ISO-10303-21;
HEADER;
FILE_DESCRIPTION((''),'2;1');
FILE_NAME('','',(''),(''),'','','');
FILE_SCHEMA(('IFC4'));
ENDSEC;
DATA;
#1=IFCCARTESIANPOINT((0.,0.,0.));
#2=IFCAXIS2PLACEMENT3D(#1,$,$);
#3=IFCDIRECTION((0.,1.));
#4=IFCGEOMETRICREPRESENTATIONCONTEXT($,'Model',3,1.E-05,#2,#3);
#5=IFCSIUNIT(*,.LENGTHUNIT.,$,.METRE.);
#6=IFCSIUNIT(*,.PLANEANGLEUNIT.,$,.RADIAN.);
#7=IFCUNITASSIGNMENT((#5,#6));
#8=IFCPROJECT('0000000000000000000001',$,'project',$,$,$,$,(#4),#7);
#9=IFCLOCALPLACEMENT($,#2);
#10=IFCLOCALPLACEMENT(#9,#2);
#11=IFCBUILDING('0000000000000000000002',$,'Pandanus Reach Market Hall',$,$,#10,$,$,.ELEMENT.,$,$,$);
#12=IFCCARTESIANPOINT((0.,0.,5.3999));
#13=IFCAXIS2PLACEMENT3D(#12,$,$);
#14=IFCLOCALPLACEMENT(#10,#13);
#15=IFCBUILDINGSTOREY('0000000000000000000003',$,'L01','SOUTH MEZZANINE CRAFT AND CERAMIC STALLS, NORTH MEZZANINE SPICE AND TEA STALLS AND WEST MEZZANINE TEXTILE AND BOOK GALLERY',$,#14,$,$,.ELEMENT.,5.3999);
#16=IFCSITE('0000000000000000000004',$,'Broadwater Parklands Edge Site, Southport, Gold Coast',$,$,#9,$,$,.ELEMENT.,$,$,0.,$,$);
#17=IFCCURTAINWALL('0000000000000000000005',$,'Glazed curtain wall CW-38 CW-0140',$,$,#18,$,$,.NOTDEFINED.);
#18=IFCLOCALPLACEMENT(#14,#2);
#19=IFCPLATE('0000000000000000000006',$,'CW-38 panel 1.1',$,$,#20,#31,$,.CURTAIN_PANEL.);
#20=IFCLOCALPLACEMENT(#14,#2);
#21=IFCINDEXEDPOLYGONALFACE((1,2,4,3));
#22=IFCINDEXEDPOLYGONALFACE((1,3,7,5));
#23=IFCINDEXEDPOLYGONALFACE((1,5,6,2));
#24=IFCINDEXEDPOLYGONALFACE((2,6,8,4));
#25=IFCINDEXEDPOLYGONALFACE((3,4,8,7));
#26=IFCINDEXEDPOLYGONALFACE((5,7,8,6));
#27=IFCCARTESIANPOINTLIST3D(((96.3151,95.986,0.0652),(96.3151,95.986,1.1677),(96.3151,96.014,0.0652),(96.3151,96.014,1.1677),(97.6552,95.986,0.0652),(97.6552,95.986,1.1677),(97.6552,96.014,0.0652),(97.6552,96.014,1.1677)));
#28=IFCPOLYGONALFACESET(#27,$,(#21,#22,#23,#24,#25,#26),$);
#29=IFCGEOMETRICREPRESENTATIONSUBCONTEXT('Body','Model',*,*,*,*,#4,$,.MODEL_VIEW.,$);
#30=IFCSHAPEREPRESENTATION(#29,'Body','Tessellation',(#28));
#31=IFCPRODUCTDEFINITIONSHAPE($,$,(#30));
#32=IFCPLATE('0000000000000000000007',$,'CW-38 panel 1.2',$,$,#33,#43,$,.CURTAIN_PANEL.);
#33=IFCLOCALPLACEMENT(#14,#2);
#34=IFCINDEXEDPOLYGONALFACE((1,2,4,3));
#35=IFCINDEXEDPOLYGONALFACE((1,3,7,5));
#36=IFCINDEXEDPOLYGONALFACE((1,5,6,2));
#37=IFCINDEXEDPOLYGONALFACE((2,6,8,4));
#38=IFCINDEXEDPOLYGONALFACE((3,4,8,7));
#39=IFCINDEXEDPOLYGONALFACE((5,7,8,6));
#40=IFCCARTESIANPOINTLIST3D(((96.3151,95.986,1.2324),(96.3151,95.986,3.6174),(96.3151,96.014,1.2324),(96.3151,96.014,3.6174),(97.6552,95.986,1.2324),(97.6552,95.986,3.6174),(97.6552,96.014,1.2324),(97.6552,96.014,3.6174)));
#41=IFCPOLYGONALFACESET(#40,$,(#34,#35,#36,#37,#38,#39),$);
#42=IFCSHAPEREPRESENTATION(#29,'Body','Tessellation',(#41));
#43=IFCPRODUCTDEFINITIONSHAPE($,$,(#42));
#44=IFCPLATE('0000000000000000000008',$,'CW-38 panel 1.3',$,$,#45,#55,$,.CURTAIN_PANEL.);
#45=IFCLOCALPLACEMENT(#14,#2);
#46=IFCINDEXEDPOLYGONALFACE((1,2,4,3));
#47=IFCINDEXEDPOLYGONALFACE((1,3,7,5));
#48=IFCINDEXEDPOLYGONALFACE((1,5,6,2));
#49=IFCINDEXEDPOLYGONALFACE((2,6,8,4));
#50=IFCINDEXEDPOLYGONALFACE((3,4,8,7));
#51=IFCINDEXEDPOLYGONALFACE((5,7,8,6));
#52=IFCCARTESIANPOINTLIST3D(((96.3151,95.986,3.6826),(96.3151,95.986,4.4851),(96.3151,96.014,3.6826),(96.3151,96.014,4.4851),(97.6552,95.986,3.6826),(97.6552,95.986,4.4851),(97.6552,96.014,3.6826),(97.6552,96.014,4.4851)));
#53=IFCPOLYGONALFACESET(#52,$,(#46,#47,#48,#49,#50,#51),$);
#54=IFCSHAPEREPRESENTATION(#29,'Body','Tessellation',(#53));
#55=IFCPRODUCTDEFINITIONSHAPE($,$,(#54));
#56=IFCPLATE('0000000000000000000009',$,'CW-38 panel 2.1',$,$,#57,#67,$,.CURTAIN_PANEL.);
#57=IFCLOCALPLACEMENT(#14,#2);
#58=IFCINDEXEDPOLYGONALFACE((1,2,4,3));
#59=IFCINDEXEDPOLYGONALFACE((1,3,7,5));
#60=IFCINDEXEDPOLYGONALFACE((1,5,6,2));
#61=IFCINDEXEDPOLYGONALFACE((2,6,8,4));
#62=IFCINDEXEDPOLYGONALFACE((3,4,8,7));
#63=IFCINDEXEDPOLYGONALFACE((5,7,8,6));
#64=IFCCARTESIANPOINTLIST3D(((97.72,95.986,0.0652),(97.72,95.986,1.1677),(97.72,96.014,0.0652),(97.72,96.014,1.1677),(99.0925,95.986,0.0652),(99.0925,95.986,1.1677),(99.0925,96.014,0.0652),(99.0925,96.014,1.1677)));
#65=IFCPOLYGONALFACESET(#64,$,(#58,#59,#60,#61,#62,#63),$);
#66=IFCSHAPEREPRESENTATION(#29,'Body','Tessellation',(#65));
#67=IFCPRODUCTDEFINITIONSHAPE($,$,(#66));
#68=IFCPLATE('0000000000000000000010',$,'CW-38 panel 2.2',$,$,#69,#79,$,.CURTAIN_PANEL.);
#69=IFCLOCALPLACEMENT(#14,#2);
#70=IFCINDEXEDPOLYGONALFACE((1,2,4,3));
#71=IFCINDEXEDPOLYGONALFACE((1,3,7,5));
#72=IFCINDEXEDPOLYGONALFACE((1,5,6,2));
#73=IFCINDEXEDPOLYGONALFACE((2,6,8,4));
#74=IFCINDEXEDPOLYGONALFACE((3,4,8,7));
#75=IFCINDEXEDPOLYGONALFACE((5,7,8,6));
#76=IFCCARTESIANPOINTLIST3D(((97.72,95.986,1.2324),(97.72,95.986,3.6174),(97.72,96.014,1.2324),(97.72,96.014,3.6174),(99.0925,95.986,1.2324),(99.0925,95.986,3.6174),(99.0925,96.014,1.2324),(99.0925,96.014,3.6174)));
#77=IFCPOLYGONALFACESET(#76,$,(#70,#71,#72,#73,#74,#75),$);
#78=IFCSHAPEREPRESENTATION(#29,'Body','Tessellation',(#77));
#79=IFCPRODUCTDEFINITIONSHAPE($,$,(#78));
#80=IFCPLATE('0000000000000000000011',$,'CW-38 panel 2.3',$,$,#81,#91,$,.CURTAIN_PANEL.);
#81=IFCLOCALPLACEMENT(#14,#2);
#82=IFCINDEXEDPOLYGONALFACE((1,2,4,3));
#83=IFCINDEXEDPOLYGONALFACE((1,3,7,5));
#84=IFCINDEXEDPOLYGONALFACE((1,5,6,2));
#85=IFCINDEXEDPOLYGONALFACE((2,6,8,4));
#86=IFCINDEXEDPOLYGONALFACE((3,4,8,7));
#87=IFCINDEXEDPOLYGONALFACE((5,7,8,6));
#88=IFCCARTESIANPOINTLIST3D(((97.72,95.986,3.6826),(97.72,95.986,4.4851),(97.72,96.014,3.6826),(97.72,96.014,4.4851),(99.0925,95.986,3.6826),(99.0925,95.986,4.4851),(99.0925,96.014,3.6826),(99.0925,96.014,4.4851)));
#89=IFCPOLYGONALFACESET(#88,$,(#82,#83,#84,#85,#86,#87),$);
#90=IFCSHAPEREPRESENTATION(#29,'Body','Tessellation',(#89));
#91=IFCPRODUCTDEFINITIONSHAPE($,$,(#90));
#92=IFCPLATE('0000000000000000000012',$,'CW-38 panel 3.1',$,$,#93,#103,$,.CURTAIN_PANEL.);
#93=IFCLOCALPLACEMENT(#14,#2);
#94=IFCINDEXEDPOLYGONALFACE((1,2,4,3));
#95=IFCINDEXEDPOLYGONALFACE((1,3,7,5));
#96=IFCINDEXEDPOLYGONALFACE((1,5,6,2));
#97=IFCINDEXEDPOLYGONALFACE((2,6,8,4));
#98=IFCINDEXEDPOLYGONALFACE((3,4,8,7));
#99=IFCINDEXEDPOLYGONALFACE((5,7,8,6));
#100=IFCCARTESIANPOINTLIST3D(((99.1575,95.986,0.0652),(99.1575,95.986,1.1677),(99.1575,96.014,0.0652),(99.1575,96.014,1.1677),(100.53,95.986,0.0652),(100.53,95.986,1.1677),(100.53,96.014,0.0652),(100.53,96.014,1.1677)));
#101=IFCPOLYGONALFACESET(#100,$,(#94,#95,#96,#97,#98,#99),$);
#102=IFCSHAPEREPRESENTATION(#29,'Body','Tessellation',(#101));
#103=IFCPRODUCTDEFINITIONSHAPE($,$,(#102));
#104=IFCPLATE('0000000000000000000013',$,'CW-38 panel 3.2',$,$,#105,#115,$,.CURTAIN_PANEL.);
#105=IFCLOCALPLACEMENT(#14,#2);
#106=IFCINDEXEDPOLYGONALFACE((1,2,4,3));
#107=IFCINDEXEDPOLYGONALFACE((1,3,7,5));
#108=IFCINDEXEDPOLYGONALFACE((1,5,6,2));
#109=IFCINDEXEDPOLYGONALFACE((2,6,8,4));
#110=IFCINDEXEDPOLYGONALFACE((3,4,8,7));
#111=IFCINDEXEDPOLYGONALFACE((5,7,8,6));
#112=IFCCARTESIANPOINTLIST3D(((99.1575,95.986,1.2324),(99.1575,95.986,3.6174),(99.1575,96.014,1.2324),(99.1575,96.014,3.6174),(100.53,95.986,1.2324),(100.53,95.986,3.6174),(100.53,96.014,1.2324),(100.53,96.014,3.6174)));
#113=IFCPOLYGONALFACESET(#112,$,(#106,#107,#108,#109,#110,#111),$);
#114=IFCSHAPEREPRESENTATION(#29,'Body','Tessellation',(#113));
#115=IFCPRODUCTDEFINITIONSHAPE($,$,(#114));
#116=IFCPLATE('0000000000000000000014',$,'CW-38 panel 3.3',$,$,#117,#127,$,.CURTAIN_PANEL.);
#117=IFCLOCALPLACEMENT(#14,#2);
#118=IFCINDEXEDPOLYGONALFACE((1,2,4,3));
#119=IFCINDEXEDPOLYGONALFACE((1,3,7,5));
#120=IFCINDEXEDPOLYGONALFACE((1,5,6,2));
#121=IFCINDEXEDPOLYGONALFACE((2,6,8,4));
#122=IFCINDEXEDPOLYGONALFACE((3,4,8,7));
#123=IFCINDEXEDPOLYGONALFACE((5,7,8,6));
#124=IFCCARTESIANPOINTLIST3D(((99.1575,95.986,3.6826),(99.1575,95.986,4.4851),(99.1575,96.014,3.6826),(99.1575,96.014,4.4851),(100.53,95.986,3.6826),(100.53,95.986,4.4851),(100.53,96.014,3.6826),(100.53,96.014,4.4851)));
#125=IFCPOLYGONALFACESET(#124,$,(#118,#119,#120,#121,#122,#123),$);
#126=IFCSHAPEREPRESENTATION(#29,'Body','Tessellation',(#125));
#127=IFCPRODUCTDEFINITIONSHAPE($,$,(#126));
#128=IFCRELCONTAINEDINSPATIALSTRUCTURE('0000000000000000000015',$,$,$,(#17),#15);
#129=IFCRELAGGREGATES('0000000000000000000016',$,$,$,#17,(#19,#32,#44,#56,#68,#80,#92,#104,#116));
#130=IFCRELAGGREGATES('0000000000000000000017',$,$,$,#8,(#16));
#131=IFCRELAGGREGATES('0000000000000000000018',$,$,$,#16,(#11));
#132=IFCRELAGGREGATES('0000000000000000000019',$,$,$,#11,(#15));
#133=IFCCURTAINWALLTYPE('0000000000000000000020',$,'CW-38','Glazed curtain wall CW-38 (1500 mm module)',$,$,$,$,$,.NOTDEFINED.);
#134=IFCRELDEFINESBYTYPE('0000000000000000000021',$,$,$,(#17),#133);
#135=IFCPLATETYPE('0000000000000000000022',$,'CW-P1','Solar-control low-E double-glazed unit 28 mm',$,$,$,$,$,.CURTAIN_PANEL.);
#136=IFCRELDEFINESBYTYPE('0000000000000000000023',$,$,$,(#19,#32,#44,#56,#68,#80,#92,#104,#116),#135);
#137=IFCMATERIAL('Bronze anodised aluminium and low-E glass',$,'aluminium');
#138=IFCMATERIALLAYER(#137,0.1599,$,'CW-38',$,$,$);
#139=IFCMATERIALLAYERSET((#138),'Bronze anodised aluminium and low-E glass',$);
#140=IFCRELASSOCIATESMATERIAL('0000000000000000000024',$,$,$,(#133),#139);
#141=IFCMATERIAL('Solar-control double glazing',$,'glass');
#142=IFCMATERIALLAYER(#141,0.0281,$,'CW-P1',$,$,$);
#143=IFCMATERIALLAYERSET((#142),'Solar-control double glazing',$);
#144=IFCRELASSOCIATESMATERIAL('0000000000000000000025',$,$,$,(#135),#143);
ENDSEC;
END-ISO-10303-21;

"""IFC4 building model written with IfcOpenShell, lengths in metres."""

from ifc_helpers import new_model, si_unit, direction, frame, origin, origin_2d, place, context, subcontext, project, spatial, rectangle, extrude, material, layer, layer_set, type_object, element, aggregate, save


model = new_model("IFC4")

# Units and contexts
model_context = context("Model", 3, precision=1e-05, world=origin(), true_north=direction((0.0, 1.0)))
body_context = subcontext(model_context, "Body", "Model", "MODEL_VIEW")
ifc_project = project(units=[si_unit("LENGTHUNIT", "METRE"), si_unit("PLANEANGLEUNIT", "RADIAN")], contexts=[model_context])

# Site, building, storey
site_placement = place(None, origin())
site = spatial("IfcSite", under=ifc_project, at=site_placement, Name="Broadwater Parklands Edge Site, Southport, Gold Coast", CompositionType="ELEMENT", RefElevation=0.0)
building_placement = place(site_placement, origin())
building = spatial("IfcBuilding", under=site, at=building_placement, Name="Pandanus Reach Market Hall", CompositionType="ELEMENT")
storey_placement = place(building_placement, frame((0.0, 0.0, 5.3999)))
storey = spatial("IfcBuildingStorey", under=building, at=storey_placement, Name="L01", Description="SOUTH MEZZANINE CRAFT AND CERAMIC STALLS, NORTH MEZZANINE SPICE AND TEA STALLS AND WEST MEZZANINE TEXTILE AND BOOK GALLERY", CompositionType="ELEMENT", Elevation=5.3999)

# Curtain wall, plates
ifc_material_1 = material(Name="Bronze anodised aluminium and low-E glass", Category="aluminium")
ifc_layer_1 = layer(ifc_material_1, 0.1599, Name="CW-38")
ifc_layer_set_1 = layer_set([ifc_layer_1], Name="Bronze anodised aluminium and low-E glass")
curtain_wall_type = type_object("IfcCurtainWallType", Name="CW-38", Description="Glazed curtain wall CW-38 (1500 mm module)", PredefinedType="NOTDEFINED", material=ifc_layer_set_1)
curtain_wall_placement = place(storey_placement, origin())
curtain_wall = element("IfcCurtainWall", 1, at=curtain_wall_placement, inside=storey, type_object=curtain_wall_type, Name="Glazed curtain wall CW-38 CW-0140", PredefinedType="NOTDEFINED")
ifc_material_2 = material(Name="Solar-control double glazing", Category="glass")
ifc_layer_2 = layer(ifc_material_2, 0.0281, Name="CW-P1")
ifc_layer_set_2 = layer_set([ifc_layer_2], Name="Solar-control double glazing")
plate_type = type_object("IfcPlateType", Name="CW-P1", Description="Solar-control low-E double-glazed unit 28 mm", PredefinedType="CURTAIN_PANEL", material=ifc_layer_set_2)
plate_1_placement = place(storey_placement, frame((96.9851, 96.0, 0.0652), z_axis=(0.0, 0.0, 1.0), x_axis=(1.0, 0.0, 0.0)))
plate_1 = element("IfcPlate", 2, at=plate_1_placement, type_object=plate_type, Name="CW-38 panel 1.1", PredefinedType="CURTAIN_PANEL", context=body_context, shape_type="SweptSolid", body=[
    extrude(rectangle(XDim=1.3401, YDim=0.0281, at=origin_2d()), origin(), (0.0, 0.0, 1.0), 1.1025),
])
plate_2_placement = place(storey_placement, frame((96.9851, 96.0, 1.2324), z_axis=(0.0, 0.0, 1.0), x_axis=(1.0, 0.0, 0.0)))
plate_2 = element("IfcPlate", 3, at=plate_2_placement, type_object=plate_type, Name="CW-38 panel 1.2", PredefinedType="CURTAIN_PANEL", context=body_context, shape_type="SweptSolid", body=[
    extrude(rectangle(XDim=1.3401, YDim=0.0281, at=origin_2d()), origin(), (0.0, 0.0, 1.0), 2.385),
])
plate_3_placement = place(storey_placement, frame((96.9851, 96.0, 3.6826), z_axis=(0.0, 0.0, 1.0), x_axis=(1.0, 0.0, 0.0)))
plate_3 = element("IfcPlate", 4, at=plate_3_placement, type_object=plate_type, Name="CW-38 panel 1.3", PredefinedType="CURTAIN_PANEL", context=body_context, shape_type="SweptSolid", body=[
    extrude(rectangle(XDim=1.3401, YDim=0.0281, at=origin_2d()), origin(), (0.0, 0.0, 1.0), 0.8025),
])
plate_4_placement = place(storey_placement, frame((98.4062, 96.0, 0.0652), z_axis=(0.0, 0.0, 1.0), x_axis=(1.0, 0.0, 0.0)))
plate_4 = element("IfcPlate", 5, at=plate_4_placement, type_object=plate_type, Name="CW-38 panel 2.1", PredefinedType="CURTAIN_PANEL", context=body_context, shape_type="SweptSolid", body=[
    extrude(rectangle(XDim=1.3726, YDim=0.0281, at=origin_2d()), origin(), (0.0, 0.0, 1.0), 1.1025),
])
plate_5_placement = place(storey_placement, frame((98.4062, 96.0, 1.2324), z_axis=(0.0, 0.0, 1.0), x_axis=(1.0, 0.0, 0.0)))
plate_5 = element("IfcPlate", 6, at=plate_5_placement, type_object=plate_type, Name="CW-38 panel 2.2", PredefinedType="CURTAIN_PANEL", context=body_context, shape_type="SweptSolid", body=[
    extrude(rectangle(XDim=1.3726, YDim=0.0281, at=origin_2d()), origin(), (0.0, 0.0, 1.0), 2.385),
])
plate_6_placement = place(storey_placement, frame((98.4062, 96.0, 3.6826), z_axis=(0.0, 0.0, 1.0), x_axis=(1.0, 0.0, 0.0)))
plate_6 = element("IfcPlate", 7, at=plate_6_placement, type_object=plate_type, Name="CW-38 panel 2.3", PredefinedType="CURTAIN_PANEL", context=body_context, shape_type="SweptSolid", body=[
    extrude(rectangle(XDim=1.3726, YDim=0.0281, at=origin_2d()), origin(), (0.0, 0.0, 1.0), 0.8025),
])
plate_7_placement = place(storey_placement, frame((99.8438, 96.0, 0.0652), z_axis=(0.0, 0.0, 1.0), x_axis=(1.0, 0.0, 0.0)))
plate_7 = element("IfcPlate", 8, at=plate_7_placement, type_object=plate_type, Name="CW-38 panel 3.1", PredefinedType="CURTAIN_PANEL", context=body_context, shape_type="SweptSolid", body=[
    extrude(rectangle(XDim=1.3726, YDim=0.0281, at=origin_2d()), origin(), (0.0, 0.0, 1.0), 1.1025),
])
plate_8_placement = place(storey_placement, frame((99.8438, 96.0, 1.2324), z_axis=(0.0, 0.0, 1.0), x_axis=(1.0, 0.0, 0.0)))
plate_8 = element("IfcPlate", 9, at=plate_8_placement, type_object=plate_type, Name="CW-38 panel 3.2", PredefinedType="CURTAIN_PANEL", context=body_context, shape_type="SweptSolid", body=[
    extrude(rectangle(XDim=1.3726, YDim=0.0281, at=origin_2d()), origin(), (0.0, 0.0, 1.0), 2.385),
])
plate_9_placement = place(storey_placement, frame((99.8438, 96.0, 3.6826), z_axis=(0.0, 0.0, 1.0), x_axis=(1.0, 0.0, 0.0)))
plate_9 = element("IfcPlate", 10, at=plate_9_placement, type_object=plate_type, Name="CW-38 panel 3.3", PredefinedType="CURTAIN_PANEL", context=body_context, shape_type="SweptSolid", body=[
    extrude(rectangle(XDim=1.3726, YDim=0.0281, at=origin_2d()), origin(), (0.0, 0.0, 1.0), 0.8025),
])
aggregate(curtain_wall, [plate_1, plate_2, plate_3, plate_4, plate_5, plate_6, plate_7, plate_8, plate_9])

save(model, "model.ifc")
